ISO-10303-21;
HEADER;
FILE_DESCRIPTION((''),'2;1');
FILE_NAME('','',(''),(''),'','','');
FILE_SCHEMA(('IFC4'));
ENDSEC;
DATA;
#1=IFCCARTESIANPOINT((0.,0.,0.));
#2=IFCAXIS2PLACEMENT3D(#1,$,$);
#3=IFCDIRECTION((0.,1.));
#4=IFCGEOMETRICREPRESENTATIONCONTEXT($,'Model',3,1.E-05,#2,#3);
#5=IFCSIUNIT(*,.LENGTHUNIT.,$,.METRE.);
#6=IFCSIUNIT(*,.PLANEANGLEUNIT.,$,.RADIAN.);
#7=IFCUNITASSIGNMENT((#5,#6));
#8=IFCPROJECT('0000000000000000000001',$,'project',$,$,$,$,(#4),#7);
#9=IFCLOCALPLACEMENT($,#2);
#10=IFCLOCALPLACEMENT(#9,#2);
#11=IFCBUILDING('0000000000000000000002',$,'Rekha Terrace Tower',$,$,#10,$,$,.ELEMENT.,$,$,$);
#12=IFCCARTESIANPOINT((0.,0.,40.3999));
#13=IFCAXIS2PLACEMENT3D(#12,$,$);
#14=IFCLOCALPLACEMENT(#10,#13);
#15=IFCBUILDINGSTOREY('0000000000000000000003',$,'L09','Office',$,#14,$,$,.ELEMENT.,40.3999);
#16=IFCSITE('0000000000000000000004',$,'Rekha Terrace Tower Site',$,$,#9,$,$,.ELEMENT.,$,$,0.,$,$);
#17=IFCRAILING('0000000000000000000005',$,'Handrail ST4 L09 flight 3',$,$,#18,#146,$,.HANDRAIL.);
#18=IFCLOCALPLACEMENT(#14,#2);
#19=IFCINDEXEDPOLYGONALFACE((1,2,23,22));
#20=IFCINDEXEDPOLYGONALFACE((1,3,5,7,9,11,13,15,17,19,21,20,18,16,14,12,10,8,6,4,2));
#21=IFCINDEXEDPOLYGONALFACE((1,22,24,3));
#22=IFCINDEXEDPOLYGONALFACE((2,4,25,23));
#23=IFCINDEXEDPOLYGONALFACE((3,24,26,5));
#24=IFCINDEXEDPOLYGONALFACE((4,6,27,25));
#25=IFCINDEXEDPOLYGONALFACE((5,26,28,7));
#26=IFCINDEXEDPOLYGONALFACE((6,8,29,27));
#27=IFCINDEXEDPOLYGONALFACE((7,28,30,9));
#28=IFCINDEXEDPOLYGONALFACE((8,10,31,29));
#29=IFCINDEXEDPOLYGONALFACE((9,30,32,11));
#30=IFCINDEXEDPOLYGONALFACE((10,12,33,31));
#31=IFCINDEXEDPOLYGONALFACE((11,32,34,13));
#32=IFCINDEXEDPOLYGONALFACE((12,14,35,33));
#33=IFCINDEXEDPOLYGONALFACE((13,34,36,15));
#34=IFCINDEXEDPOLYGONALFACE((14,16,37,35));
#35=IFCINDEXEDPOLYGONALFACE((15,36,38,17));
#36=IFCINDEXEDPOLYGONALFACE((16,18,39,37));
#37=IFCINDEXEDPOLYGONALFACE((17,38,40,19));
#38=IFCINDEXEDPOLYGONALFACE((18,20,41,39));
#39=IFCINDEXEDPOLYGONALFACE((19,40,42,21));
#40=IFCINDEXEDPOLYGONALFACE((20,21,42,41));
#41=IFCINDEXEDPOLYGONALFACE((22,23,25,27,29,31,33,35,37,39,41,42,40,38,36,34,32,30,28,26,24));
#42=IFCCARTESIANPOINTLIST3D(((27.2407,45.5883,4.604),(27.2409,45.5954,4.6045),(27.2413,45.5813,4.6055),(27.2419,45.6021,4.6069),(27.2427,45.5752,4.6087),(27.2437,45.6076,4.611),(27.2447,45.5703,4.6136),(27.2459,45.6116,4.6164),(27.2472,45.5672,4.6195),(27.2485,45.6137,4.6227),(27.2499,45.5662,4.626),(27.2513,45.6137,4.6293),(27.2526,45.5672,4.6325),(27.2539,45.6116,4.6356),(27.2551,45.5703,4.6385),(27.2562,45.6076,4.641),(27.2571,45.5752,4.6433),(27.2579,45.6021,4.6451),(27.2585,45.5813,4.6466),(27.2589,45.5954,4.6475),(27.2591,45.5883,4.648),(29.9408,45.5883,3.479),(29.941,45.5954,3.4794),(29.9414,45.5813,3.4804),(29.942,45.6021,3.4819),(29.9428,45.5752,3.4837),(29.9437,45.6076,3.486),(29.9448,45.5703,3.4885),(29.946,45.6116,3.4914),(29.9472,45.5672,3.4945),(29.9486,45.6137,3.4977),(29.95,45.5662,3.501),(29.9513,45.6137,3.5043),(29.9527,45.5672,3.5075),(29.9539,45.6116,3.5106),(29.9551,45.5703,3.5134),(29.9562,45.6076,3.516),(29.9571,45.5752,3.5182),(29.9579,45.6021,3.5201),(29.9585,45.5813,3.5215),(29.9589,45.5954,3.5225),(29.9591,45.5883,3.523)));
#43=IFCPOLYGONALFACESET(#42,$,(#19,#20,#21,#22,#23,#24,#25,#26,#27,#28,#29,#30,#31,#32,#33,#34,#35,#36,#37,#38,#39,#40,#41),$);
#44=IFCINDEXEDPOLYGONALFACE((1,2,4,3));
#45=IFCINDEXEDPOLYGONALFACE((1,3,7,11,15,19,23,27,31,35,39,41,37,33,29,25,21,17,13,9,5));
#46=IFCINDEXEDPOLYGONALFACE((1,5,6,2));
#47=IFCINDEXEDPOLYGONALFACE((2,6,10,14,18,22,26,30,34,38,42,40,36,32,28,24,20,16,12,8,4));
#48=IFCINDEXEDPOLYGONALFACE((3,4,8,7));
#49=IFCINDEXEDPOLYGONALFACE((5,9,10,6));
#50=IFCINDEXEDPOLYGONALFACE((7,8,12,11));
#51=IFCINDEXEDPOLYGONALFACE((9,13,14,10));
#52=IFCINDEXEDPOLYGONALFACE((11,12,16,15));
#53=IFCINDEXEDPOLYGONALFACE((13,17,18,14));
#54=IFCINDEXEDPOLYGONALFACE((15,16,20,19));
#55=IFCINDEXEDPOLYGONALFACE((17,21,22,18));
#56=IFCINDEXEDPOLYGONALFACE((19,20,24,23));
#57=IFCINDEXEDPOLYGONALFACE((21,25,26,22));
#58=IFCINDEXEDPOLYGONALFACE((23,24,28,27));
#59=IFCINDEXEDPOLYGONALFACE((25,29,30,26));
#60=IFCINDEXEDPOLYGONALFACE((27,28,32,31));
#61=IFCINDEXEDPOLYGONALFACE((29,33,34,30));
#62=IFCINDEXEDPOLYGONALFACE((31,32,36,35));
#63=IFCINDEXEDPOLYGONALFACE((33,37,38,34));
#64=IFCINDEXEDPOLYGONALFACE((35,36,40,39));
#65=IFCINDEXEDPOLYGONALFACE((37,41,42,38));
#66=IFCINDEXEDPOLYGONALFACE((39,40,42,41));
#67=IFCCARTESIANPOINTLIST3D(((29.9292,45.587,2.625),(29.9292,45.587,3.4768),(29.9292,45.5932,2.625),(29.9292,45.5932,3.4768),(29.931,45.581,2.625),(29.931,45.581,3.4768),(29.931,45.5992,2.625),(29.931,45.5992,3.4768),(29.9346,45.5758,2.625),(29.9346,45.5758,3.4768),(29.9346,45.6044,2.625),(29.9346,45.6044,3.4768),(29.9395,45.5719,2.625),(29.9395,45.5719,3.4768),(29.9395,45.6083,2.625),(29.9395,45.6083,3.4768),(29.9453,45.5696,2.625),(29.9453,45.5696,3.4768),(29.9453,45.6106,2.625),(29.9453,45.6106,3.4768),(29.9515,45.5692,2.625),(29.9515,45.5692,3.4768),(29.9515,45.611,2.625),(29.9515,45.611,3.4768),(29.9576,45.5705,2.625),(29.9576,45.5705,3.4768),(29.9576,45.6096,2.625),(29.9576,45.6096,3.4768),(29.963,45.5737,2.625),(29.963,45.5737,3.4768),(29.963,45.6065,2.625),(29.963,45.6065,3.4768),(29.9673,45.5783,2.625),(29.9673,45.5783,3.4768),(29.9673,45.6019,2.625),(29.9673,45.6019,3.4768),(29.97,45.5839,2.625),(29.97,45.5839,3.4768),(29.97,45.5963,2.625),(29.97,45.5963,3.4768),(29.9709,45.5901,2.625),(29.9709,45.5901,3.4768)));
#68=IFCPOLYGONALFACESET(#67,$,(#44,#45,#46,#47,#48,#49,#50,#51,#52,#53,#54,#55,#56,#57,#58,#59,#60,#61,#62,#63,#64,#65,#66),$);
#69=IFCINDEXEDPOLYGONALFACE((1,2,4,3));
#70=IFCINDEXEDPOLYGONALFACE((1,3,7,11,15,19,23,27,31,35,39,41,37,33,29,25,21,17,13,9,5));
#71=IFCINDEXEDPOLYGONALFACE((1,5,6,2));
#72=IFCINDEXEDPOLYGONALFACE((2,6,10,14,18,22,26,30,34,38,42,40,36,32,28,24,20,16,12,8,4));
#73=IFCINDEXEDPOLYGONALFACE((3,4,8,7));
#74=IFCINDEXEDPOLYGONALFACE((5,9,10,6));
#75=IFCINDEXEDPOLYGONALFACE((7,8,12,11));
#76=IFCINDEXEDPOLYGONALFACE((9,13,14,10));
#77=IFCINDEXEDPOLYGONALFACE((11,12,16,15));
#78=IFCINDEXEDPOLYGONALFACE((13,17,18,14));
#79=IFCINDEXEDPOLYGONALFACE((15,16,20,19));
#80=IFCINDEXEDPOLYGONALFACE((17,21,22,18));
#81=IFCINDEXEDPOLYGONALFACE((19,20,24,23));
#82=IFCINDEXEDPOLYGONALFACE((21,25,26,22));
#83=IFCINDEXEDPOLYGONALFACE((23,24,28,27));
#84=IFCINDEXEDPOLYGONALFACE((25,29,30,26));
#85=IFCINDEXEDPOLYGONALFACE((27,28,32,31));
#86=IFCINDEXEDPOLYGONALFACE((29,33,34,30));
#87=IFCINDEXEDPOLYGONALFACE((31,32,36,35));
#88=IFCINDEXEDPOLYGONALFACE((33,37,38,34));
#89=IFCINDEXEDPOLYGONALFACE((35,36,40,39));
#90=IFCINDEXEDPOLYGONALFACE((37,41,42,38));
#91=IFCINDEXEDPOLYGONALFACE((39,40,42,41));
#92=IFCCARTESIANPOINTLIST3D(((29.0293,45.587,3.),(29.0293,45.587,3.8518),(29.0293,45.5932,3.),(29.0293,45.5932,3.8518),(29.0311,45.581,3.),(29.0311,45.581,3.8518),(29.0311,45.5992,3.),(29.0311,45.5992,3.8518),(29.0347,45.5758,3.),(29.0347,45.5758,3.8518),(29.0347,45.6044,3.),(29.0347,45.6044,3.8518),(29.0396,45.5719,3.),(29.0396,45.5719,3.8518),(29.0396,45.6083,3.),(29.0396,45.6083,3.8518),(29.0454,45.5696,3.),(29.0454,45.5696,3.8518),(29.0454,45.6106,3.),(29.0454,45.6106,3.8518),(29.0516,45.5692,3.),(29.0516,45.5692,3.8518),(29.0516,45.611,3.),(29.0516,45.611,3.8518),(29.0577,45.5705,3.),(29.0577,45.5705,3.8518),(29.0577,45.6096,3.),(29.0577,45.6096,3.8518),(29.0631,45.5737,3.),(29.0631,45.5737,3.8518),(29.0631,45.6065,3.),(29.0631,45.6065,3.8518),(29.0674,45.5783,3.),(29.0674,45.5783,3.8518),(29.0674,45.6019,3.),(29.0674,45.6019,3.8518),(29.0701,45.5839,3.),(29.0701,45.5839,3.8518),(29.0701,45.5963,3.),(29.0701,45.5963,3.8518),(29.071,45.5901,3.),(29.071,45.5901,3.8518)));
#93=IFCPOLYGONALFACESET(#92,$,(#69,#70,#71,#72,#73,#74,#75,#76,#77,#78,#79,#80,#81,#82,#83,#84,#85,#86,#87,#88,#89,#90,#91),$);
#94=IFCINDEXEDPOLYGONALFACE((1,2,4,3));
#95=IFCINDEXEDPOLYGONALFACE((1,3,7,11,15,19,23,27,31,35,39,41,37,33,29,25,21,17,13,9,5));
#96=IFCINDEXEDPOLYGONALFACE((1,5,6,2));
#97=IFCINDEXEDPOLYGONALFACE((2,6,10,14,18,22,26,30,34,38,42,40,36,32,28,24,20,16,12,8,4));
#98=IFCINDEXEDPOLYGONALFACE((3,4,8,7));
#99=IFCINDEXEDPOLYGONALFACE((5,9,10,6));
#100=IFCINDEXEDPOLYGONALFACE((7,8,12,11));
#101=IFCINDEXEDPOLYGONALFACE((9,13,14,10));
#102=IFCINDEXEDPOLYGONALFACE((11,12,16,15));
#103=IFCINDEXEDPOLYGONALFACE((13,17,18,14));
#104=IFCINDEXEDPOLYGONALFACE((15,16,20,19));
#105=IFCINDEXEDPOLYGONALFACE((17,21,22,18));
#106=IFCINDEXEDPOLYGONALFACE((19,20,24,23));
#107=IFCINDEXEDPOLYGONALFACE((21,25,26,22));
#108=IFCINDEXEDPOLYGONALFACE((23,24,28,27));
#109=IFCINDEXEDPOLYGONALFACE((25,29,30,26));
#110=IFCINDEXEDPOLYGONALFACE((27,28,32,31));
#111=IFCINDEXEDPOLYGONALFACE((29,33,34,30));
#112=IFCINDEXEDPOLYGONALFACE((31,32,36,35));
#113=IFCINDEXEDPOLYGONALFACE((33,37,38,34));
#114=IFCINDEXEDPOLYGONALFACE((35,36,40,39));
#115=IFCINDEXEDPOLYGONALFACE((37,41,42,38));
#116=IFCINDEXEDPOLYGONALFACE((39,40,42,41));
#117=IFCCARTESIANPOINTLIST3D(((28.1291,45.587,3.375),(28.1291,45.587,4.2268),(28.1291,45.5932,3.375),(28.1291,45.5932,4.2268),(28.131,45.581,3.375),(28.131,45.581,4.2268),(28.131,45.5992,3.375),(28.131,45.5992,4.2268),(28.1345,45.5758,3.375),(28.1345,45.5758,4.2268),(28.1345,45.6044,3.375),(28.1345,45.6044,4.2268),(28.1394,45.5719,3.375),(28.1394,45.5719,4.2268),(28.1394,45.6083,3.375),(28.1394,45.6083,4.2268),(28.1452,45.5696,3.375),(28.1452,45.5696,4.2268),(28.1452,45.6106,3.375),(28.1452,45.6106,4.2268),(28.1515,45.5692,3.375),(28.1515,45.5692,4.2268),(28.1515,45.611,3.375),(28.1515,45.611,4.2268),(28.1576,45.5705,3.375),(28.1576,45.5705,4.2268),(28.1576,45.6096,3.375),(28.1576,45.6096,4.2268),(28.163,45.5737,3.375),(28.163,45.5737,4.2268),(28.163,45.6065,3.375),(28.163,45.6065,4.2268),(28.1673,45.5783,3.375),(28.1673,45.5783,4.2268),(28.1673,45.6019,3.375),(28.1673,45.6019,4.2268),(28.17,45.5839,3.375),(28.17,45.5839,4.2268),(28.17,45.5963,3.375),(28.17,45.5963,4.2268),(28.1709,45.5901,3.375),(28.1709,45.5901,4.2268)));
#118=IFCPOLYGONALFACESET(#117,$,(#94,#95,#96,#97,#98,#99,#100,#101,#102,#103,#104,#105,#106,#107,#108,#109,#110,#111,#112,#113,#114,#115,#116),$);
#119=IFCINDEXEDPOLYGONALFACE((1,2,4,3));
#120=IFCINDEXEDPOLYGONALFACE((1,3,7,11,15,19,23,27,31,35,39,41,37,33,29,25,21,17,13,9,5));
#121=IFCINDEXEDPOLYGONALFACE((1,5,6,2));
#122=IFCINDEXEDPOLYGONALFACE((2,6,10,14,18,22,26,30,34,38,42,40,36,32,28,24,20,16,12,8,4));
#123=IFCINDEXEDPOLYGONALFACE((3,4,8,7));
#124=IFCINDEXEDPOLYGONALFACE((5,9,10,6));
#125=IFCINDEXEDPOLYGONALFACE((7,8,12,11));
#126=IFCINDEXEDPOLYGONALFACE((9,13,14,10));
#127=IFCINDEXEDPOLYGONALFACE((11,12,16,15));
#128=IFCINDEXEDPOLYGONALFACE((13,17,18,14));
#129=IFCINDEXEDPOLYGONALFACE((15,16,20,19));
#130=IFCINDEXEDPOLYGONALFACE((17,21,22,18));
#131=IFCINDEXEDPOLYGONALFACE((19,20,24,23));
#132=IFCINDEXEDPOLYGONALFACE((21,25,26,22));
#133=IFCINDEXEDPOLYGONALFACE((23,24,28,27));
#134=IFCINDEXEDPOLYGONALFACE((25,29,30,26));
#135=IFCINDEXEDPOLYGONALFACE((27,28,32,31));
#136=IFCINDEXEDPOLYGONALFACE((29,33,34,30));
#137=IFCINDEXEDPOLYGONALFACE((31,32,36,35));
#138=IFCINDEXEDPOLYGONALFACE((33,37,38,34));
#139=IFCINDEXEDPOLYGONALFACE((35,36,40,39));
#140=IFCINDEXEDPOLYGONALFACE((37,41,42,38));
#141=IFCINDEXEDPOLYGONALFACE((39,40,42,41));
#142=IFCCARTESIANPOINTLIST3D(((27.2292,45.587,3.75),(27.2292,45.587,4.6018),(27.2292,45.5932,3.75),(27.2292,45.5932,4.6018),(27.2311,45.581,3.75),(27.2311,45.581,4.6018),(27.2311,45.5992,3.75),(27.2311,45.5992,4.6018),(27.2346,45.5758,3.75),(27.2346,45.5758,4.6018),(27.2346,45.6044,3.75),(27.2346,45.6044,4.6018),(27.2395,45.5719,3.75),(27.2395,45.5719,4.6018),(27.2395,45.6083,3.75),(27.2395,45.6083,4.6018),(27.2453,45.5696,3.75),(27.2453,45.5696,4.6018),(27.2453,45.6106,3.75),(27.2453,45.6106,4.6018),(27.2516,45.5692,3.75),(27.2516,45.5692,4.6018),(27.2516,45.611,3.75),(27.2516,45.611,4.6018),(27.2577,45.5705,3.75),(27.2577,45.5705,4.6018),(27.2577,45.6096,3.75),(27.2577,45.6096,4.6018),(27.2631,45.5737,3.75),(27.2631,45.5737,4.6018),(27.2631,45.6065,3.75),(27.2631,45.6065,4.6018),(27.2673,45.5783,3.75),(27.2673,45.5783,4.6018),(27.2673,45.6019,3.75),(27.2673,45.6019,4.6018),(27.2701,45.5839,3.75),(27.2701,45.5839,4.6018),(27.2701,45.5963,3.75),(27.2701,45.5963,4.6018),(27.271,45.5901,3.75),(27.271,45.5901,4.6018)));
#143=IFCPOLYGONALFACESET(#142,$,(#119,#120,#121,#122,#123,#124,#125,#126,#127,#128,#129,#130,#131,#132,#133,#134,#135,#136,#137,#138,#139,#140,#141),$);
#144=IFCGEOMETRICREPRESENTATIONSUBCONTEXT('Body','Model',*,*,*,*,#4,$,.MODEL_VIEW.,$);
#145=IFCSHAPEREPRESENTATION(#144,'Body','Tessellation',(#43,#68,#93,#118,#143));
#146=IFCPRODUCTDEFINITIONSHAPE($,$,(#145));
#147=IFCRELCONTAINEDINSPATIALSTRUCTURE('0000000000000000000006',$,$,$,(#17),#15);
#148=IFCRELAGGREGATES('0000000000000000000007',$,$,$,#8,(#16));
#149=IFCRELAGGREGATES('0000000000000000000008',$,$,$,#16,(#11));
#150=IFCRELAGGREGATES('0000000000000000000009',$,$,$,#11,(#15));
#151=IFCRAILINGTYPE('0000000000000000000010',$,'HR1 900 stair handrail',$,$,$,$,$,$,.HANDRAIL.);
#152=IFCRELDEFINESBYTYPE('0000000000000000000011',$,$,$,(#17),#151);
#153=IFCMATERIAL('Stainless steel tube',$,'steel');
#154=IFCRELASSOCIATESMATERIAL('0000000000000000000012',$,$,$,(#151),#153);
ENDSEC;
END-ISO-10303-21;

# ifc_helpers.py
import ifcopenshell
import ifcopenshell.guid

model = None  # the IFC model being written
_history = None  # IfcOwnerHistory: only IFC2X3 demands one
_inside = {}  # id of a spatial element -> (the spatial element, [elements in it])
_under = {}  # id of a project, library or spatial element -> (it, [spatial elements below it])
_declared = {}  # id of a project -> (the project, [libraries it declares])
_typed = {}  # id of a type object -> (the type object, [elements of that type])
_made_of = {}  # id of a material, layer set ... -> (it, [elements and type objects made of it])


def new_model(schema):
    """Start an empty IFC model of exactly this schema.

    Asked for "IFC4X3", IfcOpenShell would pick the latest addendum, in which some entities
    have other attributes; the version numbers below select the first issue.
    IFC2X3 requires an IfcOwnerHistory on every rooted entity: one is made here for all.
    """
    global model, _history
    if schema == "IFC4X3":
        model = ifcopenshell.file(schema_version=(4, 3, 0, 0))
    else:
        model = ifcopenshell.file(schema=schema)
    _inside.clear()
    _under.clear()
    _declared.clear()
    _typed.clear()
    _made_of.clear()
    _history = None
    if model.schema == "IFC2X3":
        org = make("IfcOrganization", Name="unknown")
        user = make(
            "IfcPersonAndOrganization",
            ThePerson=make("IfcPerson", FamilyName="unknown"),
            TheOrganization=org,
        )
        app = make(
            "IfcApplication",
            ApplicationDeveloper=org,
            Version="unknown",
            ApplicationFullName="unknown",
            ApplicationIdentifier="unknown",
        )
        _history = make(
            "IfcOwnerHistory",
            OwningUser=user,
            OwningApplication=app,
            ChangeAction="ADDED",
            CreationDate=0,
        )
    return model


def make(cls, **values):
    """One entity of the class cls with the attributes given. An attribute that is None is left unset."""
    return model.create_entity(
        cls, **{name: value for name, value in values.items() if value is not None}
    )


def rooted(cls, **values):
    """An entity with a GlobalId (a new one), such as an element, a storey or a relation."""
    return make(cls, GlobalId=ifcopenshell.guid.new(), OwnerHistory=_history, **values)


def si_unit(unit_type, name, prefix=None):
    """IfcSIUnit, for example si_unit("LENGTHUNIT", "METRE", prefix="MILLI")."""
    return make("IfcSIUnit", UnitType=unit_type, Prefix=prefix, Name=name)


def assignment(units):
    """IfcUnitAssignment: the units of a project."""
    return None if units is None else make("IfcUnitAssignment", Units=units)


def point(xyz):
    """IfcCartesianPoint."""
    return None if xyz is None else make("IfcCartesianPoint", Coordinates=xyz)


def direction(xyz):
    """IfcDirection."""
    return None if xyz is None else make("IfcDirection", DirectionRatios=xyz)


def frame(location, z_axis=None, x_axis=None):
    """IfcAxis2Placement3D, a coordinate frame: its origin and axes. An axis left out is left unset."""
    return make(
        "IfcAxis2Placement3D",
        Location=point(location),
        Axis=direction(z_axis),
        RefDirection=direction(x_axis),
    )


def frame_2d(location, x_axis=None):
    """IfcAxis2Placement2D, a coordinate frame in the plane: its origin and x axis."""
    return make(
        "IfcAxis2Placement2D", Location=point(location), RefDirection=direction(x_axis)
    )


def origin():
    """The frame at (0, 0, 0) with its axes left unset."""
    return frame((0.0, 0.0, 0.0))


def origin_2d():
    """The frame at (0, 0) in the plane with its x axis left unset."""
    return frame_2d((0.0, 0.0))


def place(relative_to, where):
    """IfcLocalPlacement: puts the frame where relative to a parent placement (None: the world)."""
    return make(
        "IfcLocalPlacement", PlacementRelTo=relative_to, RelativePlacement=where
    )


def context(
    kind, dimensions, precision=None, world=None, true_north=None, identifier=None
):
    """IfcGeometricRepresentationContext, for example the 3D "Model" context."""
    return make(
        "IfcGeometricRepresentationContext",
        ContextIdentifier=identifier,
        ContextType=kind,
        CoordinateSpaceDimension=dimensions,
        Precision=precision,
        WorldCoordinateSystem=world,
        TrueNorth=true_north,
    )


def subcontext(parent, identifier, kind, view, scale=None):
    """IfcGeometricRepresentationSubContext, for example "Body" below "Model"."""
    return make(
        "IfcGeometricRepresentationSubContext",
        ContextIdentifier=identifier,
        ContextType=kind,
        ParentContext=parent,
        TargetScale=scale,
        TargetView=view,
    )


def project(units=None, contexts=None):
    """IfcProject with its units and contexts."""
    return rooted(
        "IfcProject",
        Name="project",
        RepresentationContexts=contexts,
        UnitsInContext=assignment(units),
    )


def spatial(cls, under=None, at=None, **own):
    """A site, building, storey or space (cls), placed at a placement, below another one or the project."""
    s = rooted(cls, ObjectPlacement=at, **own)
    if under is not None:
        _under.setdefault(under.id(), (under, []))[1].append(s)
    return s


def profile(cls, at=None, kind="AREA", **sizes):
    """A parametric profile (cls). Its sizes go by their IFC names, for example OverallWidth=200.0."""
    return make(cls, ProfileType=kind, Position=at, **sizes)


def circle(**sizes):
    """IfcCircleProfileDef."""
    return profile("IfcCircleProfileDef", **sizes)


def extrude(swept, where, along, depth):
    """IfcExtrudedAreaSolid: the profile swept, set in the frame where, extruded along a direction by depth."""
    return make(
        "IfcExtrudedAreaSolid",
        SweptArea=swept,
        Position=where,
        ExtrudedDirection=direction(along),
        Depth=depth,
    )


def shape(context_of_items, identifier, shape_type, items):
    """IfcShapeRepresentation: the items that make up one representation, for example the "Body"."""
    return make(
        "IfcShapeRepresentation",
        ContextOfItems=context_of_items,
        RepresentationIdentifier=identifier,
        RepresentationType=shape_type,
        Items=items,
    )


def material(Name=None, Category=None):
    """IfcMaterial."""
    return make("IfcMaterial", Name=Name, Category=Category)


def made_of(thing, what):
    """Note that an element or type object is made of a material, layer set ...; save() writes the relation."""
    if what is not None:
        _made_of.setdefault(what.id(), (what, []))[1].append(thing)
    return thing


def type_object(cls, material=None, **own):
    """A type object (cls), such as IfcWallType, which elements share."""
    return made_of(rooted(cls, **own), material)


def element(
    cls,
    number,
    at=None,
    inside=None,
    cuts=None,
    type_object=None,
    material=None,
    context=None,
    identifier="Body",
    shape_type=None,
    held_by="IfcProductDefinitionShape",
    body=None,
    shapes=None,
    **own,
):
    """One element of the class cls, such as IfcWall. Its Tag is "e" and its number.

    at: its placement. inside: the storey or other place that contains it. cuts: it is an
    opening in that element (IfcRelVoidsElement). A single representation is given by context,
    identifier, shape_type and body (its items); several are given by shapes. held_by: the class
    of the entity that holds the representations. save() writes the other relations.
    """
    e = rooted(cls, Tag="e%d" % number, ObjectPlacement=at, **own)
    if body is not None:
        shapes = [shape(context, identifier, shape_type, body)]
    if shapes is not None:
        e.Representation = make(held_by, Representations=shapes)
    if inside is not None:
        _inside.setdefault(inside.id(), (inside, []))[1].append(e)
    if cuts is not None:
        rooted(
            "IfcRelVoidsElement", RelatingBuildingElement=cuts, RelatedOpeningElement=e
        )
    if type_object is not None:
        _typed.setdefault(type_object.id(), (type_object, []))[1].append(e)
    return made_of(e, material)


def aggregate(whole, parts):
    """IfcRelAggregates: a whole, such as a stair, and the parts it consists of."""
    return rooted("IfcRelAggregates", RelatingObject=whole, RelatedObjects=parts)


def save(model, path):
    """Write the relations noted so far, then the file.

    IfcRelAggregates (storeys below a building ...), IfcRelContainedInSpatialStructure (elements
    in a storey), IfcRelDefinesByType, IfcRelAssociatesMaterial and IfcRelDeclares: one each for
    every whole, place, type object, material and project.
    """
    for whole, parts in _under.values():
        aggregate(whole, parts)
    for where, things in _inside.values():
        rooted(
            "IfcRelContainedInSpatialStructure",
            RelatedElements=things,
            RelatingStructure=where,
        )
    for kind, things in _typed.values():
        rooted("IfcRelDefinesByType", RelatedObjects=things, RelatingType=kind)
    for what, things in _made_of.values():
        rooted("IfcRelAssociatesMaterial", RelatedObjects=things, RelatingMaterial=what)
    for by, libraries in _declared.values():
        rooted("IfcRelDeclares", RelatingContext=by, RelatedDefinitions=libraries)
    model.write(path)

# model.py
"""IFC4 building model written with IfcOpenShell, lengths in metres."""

from ifc_helpers import new_model, si_unit, direction, frame, origin, origin_2d, place, context, subcontext, project, spatial, circle, extrude, material, type_object, element, save


model = new_model("IFC4")

# Units and contexts
model_context = context("Model", 3, precision=1e-05, world=origin(), true_north=direction((0.0, 1.0)))
body_context = subcontext(model_context, "Body", "Model", "MODEL_VIEW")
ifc_project = project(units=[si_unit("LENGTHUNIT", "METRE"), si_unit("PLANEANGLEUNIT", "RADIAN")], contexts=[model_context])

# Site, building, storey
site_placement = place(None, origin())
site = spatial("IfcSite", under=ifc_project, at=site_placement, Name="Rekha Terrace Tower Site", CompositionType="ELEMENT", RefElevation=0.0)
building_placement = place(site_placement, origin())
building = spatial("IfcBuilding", under=site, at=building_placement, Name="Rekha Terrace Tower", CompositionType="ELEMENT")
storey_placement = place(building_placement, frame((0.0, 0.0, 40.3999)))
storey = spatial("IfcBuildingStorey", under=building, at=storey_placement, Name="L09", Description="Office", CompositionType="ELEMENT", Elevation=40.3999)

# Railing
ifc_material_1 = material(Name="Stainless steel tube", Category="steel")
railing_type_1 = type_object("IfcRailingType", Name="HR1 900 stair handrail", PredefinedType="HANDRAIL", material=ifc_material_1)
railing_1_placement = place(storey_placement, frame((29.95, 45.5901, 2.625)))
element("IfcRailing", 1, at=railing_1_placement, inside=storey, type_object=railing_type_1, Name="Handrail ST4 L09 flight 3", PredefinedType="HANDRAIL", context=body_context, shape_type="SweptSolid", body=[
    extrude(circle(Radius=0.0239, at=origin_2d()), frame((0.0, 0.0, 0.876), z_axis=(-0.923074, 0.0, 0.384621), x_axis=(0.0, -1.0, 0.0)), (0.0, 0.0, 1.0), 2.925),
    extrude(circle(Radius=0.021, at=origin_2d()), origin(), (0.0, 0.0, 1.0), 0.8518),
    extrude(circle(Radius=0.021, at=origin_2d()), frame((-0.8999, 0.0, 0.375)), (0.0, 0.0, 1.0), 0.8518),
    extrude(circle(Radius=0.021, at=origin_2d()), frame((-1.8, 0.0, 0.75)), (0.0, 0.0, 1.0), 0.8518),
    extrude(circle(Radius=0.021, at=origin_2d()), frame((-2.7, 0.0, 1.125)), (0.0, 0.0, 1.0), 0.8518),
])

save(model, "model.ifc")
